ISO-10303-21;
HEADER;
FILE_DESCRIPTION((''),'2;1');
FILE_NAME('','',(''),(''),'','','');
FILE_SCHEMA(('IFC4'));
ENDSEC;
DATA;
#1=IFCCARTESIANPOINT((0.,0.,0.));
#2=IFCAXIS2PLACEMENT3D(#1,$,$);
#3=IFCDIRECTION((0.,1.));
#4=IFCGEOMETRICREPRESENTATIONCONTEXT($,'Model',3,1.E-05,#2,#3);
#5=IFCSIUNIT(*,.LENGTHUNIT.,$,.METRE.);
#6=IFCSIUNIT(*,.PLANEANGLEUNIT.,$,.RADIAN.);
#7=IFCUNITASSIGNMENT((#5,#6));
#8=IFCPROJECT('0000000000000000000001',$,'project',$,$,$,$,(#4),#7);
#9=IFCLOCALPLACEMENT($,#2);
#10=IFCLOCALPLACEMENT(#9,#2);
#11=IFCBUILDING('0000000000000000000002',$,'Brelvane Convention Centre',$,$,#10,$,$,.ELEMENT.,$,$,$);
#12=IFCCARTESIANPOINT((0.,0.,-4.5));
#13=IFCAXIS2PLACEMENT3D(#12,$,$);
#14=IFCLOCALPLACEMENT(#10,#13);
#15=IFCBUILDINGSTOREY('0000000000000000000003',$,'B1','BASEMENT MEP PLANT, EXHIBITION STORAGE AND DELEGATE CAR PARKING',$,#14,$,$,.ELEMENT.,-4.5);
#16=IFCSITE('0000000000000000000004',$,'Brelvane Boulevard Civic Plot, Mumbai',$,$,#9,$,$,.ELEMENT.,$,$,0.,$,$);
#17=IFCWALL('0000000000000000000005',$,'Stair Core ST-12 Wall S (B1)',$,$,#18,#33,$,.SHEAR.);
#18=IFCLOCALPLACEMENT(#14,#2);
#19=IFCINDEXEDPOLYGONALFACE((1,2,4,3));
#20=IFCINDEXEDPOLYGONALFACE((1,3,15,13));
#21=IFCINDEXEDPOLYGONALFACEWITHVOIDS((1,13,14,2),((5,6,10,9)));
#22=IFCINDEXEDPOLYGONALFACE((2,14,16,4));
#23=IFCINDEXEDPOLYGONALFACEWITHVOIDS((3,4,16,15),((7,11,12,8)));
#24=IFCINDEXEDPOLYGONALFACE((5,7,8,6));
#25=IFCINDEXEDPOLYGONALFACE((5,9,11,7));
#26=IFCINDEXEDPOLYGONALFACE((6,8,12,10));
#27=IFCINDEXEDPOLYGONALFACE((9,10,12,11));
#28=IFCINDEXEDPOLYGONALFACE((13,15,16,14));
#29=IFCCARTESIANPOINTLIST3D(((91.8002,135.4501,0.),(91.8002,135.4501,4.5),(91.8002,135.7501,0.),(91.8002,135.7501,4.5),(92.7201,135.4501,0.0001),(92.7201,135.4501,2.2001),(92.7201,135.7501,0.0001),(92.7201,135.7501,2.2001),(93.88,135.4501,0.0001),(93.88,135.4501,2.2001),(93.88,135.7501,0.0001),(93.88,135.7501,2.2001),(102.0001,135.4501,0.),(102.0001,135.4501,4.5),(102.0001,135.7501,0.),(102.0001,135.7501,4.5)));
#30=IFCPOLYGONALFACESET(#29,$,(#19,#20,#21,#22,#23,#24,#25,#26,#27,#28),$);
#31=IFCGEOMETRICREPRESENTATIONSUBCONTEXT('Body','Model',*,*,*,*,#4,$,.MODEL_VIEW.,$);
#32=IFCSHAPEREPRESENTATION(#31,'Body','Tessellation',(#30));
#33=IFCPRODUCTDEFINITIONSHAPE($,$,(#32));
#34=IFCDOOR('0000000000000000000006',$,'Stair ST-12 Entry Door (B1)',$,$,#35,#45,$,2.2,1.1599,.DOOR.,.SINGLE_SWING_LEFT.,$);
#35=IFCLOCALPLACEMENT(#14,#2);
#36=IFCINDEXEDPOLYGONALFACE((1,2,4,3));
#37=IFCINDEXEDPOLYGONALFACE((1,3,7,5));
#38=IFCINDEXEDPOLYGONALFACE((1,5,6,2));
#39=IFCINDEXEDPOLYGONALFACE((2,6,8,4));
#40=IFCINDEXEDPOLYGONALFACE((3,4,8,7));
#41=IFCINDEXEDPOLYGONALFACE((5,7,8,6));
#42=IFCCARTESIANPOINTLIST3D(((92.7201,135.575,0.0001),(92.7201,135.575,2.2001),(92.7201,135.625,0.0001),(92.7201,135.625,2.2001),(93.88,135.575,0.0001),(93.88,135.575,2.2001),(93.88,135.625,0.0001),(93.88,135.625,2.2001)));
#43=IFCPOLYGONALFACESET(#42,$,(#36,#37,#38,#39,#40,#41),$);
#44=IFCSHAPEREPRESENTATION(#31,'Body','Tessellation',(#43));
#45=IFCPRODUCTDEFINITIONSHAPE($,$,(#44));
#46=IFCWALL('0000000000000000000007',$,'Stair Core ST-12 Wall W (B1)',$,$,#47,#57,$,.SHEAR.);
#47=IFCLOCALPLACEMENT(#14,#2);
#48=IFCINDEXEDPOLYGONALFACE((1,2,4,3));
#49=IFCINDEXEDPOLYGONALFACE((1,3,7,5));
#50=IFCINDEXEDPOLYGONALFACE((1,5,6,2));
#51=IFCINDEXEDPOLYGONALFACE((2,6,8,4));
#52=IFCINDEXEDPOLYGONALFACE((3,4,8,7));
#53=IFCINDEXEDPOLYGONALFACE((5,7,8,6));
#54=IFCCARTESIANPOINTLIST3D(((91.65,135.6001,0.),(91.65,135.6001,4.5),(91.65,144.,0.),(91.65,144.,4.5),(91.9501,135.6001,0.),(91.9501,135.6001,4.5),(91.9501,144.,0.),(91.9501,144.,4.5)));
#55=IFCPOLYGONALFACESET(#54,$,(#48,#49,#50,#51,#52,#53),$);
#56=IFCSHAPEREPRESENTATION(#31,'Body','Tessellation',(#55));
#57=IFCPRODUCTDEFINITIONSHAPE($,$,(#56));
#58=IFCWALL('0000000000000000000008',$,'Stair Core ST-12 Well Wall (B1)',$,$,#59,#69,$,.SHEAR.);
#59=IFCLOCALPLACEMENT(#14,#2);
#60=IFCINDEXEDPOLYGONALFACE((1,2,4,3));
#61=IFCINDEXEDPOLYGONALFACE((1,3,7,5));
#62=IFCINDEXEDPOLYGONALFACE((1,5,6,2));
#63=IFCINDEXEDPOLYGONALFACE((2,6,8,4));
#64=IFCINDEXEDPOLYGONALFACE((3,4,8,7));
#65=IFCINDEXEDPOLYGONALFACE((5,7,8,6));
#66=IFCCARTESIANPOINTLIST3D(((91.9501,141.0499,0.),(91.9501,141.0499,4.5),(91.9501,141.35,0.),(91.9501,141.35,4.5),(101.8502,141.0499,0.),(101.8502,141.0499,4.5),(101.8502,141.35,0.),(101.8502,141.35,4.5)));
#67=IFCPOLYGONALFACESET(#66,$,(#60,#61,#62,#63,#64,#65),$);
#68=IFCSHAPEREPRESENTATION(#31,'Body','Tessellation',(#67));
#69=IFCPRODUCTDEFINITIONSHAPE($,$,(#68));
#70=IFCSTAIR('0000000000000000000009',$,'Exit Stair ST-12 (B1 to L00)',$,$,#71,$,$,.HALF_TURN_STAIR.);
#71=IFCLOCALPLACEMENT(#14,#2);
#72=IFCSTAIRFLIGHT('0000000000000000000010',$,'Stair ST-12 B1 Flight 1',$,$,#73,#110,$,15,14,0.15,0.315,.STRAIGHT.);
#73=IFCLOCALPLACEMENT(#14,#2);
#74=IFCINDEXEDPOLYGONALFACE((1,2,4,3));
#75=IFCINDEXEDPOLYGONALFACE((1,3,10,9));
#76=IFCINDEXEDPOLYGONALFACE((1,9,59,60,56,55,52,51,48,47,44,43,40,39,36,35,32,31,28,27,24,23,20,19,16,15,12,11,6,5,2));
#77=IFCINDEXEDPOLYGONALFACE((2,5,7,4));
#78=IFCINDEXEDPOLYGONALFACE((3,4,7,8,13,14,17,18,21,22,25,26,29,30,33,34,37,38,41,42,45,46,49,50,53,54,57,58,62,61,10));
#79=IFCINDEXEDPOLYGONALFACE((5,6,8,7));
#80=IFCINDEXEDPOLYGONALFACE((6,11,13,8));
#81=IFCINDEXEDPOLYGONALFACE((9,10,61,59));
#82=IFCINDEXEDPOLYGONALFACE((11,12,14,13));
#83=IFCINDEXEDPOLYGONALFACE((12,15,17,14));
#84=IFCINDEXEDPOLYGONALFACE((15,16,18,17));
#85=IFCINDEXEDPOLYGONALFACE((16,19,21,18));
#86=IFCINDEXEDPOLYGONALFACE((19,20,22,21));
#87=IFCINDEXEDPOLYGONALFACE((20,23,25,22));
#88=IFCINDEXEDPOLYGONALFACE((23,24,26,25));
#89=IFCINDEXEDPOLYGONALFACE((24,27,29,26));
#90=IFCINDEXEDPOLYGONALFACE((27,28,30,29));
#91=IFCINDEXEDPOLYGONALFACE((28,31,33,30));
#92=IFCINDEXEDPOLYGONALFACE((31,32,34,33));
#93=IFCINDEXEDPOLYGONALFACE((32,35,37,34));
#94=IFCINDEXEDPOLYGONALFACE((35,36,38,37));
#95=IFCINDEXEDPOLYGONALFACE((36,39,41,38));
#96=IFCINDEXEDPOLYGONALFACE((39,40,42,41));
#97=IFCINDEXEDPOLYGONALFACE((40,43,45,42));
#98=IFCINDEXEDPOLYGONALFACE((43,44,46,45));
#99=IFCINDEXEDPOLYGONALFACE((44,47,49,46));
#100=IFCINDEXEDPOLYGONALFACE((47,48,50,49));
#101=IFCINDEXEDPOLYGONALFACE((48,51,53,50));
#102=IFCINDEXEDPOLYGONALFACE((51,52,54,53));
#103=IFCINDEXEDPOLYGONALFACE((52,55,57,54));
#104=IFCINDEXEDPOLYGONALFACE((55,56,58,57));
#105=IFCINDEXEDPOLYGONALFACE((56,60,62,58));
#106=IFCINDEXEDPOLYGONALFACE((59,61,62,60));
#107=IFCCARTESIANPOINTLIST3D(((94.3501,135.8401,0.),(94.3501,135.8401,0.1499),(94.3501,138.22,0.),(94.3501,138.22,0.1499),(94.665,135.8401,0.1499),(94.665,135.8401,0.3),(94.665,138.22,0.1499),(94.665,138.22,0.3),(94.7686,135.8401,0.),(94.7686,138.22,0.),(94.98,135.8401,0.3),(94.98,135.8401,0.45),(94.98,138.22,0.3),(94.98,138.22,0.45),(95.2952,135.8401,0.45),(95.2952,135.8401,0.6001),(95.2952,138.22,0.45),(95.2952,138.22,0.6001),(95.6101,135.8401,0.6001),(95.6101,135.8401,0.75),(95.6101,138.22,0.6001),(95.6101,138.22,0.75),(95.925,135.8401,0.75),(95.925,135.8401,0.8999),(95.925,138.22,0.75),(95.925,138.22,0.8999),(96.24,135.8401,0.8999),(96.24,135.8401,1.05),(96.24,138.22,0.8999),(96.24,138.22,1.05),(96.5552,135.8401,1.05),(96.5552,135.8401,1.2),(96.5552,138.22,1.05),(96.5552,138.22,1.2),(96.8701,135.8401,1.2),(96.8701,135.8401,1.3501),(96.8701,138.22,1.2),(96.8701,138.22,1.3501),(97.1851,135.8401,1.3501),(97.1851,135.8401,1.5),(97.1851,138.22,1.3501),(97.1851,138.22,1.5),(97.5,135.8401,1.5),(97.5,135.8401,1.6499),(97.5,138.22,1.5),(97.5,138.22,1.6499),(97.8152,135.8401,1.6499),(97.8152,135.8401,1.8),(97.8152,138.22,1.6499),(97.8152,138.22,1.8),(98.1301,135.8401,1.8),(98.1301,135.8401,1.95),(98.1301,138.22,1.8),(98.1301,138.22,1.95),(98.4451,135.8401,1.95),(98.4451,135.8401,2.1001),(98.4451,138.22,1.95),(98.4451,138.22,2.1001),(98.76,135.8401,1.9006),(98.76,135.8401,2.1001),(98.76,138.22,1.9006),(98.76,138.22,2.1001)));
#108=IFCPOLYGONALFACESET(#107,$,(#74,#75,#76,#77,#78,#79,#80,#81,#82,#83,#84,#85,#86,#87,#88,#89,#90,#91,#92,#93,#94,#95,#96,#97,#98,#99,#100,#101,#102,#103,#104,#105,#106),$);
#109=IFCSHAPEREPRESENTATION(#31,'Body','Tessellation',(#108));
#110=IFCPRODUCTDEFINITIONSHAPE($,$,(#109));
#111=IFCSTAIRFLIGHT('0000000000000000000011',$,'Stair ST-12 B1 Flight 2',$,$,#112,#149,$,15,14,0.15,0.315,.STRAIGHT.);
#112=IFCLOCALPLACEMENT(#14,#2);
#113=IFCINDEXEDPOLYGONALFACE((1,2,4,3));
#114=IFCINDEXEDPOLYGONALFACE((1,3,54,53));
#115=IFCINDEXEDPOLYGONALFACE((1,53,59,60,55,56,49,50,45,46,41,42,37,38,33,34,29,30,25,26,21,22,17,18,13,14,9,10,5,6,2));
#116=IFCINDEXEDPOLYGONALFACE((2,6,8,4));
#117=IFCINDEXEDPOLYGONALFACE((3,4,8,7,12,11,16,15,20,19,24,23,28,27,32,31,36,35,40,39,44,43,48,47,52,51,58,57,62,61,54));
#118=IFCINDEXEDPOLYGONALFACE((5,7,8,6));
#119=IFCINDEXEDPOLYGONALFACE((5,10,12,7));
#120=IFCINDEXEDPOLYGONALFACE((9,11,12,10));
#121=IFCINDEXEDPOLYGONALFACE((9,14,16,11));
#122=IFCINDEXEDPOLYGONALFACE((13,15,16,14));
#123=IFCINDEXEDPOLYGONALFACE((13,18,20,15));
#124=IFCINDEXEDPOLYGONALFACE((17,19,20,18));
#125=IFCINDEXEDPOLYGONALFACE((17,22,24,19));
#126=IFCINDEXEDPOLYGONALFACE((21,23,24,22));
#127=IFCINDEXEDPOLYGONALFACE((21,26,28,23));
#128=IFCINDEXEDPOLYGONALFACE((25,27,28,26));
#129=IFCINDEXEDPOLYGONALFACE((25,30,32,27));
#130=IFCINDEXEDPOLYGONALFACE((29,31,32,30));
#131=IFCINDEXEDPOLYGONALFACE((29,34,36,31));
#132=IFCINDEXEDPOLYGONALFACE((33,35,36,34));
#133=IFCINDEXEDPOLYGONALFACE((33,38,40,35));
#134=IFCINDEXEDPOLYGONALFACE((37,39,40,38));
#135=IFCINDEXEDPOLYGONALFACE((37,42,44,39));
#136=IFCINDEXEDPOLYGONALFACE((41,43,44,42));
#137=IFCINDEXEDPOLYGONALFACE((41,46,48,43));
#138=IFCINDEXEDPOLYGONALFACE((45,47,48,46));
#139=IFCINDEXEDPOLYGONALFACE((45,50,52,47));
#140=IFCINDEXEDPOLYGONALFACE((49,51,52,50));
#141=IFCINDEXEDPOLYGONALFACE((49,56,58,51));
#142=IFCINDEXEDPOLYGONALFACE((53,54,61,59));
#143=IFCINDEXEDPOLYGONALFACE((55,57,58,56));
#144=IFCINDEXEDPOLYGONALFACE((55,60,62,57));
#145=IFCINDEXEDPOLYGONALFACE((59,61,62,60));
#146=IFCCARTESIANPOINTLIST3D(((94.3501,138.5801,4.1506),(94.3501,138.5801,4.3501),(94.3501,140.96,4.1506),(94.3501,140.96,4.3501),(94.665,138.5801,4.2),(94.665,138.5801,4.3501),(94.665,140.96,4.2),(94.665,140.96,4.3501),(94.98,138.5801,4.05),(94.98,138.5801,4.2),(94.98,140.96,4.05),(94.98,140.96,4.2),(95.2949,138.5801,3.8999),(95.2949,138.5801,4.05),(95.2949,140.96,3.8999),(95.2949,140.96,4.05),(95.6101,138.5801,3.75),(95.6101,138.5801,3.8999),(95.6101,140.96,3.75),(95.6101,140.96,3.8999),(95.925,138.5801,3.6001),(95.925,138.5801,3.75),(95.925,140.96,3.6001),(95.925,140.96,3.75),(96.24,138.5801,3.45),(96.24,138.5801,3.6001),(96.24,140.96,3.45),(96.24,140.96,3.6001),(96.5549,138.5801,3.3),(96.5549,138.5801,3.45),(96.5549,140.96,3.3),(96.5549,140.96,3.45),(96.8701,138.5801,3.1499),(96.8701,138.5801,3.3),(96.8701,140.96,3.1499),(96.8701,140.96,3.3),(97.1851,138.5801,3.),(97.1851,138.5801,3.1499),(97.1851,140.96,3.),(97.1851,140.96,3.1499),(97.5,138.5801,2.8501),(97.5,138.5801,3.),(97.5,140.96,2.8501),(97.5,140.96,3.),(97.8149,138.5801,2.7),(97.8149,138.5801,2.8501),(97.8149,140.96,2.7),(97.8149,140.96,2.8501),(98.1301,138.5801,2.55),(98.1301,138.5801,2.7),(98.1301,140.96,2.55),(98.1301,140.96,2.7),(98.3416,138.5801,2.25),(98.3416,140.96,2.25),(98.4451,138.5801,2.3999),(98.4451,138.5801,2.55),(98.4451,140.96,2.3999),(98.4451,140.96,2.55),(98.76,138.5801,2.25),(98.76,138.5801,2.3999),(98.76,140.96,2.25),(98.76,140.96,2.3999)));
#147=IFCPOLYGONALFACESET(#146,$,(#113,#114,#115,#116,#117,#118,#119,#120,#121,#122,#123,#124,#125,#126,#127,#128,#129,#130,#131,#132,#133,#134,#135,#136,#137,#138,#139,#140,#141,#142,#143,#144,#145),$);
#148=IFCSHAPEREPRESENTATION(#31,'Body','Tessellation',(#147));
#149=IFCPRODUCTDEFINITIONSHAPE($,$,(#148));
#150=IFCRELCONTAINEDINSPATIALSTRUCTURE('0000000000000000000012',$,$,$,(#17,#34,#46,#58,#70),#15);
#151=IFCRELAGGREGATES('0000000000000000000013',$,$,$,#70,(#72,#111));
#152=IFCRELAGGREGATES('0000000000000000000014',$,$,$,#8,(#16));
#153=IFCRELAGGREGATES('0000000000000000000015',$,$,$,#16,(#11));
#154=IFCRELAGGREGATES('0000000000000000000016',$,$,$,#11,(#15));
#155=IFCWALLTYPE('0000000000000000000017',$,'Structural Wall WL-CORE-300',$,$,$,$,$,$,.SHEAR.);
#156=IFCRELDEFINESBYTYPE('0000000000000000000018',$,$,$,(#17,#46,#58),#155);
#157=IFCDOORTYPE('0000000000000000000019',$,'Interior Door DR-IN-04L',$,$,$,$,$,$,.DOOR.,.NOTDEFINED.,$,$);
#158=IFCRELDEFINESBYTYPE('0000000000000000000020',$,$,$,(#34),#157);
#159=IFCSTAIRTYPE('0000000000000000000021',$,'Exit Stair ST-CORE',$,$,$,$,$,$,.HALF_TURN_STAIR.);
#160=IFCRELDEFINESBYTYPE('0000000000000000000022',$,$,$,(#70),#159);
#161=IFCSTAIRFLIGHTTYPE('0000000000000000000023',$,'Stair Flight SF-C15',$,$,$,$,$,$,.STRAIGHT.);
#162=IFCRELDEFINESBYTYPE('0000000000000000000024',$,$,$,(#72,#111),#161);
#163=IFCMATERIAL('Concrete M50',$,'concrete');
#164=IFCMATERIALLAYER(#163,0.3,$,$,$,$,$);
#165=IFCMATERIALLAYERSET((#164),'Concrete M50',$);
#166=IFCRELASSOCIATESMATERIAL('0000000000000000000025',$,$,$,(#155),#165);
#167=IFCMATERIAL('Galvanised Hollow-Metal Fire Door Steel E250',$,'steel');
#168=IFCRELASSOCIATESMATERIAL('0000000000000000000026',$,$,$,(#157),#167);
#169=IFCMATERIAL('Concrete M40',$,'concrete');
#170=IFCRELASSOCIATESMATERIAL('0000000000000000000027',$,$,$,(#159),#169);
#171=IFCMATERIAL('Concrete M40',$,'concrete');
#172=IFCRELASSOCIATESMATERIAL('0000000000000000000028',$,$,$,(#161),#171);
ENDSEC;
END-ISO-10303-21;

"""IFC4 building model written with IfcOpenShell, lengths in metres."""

from ifc_helpers import new_model, si_unit, direction, frame, frame_2d, origin, place, context, subcontext, project, spatial, polyline, rectangle, outline, extrude, material, layer, layer_set, type_object, element, fill, aggregate, save


model = new_model("IFC4")

# Units and contexts
model_context = context("Model", 3, precision=1e-05, world=origin(), true_north=direction((0.0, 1.0)))
body_context = subcontext(model_context, "Body", "Model", "MODEL_VIEW")
ifc_project = project(units=[si_unit("LENGTHUNIT", "METRE"), si_unit("PLANEANGLEUNIT", "RADIAN")], contexts=[model_context])

# Site, building, storey
site_placement = place(None, origin())
site = spatial("IfcSite", under=ifc_project, at=site_placement, Name="Brelvane Boulevard Civic Plot, Mumbai", CompositionType="ELEMENT", RefElevation=0.0)
building_placement = place(site_placement, origin())
building = spatial("IfcBuilding", under=site, at=building_placement, Name="Brelvane Convention Centre", CompositionType="ELEMENT")
storey_placement = place(building_placement, frame((0.0, 0.0, -4.5)))
storey = spatial("IfcBuildingStorey", under=building, at=storey_placement, Name="B1", Description="BASEMENT MEP PLANT, EXHIBITION STORAGE AND DELEGATE CAR PARKING", CompositionType="ELEMENT", Elevation=-4.5)

# Wall, opening, door
ifc_material_1 = material(Name="Concrete M50", Category="concrete")
ifc_layer = layer(ifc_material_1, 0.3)
ifc_layer_set = layer_set([ifc_layer], Name="Concrete M50")
wall_type = type_object("IfcWallType", Name="Structural Wall WL-CORE-300", PredefinedType="SHEAR", material=ifc_layer_set)
wall_1_placement = place(storey_placement, frame((91.8, 135.6001, 0.0), z_axis=(0.0, 0.0, 1.0), x_axis=(1.0, 0.0, 0.0)))
wall_1 = element("IfcWall", 1, at=wall_1_placement, inside=storey, type_object=wall_type, Name="Stair Core ST-12 Wall S (B1)", PredefinedType="SHEAR", context=body_context, shape_type="SweptSolid", body=[
    extrude(rectangle(XDim=10.2, YDim=0.3, at=frame_2d((5.1001, 0.0))), origin(), (0.0, 0.0, 1.0), 4.5),
])
opening_placement = place(wall_1_placement, frame((0.9199, 0.0, 0.0)))
opening = element("IfcOpeningElement", 2, at=opening_placement, cuts=wall_1, PredefinedType="OPENING", context=body_context, shape_type="SweptSolid", body=[
    extrude(rectangle(XDim=1.1599, YDim=2.2, at=frame_2d((0.5801, 1.1001))), frame((0.0, 0.1599, 0.0), z_axis=(0.0, -1.0, 0.0), x_axis=(1.0, 0.0, 0.0)), (0.0, 0.0, 1.0), 0.3201),
])
ifc_material_2 = material(Name="Galvanised Hollow-Metal Fire Door Steel E250", Category="steel")
door_type = type_object("IfcDoorType", Name="Interior Door DR-IN-04L", OperationType="NOTDEFINED", PredefinedType="DOOR", material=ifc_material_2)
door_placement = place(opening_placement, origin())
door = element("IfcDoor", 3, at=door_placement, inside=storey, type_object=door_type, Name="Stair ST-12 Entry Door (B1)", OperationType="SINGLE_SWING_LEFT", OverallHeight=2.2, OverallWidth=1.1599, PredefinedType="DOOR", context=body_context, shape_type="SweptSolid", body=[
    extrude(rectangle(XDim=1.1599, YDim=2.2, at=frame_2d((0.5801, 1.1001))), frame((0.0, 0.0249, 0.0), z_axis=(0.0, -1.0, 0.0), x_axis=(1.0, 0.0, 0.0)), (0.0, 0.0, 1.0), 0.05),
])
fill(opening, door)

# Walls
wall_2_placement = place(storey_placement, frame((91.8, 135.6001, 0.0), z_axis=(0.0, 0.0, 1.0), x_axis=(0.0, 1.0, 0.0)))
element("IfcWall", 4, at=wall_2_placement, inside=storey, type_object=wall_type, Name="Stair Core ST-12 Wall W (B1)", PredefinedType="SHEAR", context=body_context, shape_type="SweptSolid", body=[
    extrude(rectangle(XDim=8.3999, YDim=0.3, at=frame_2d((4.2, 0.0))), origin(), (0.0, 0.0, 1.0), 4.5),
])
wall_3_placement = place(storey_placement, frame((91.95, 141.2, 0.0), z_axis=(0.0, 0.0, 1.0), x_axis=(1.0, 0.0, 0.0)))
element("IfcWall", 5, at=wall_3_placement, inside=storey, type_object=wall_type, Name="Stair Core ST-12 Well Wall (B1)", PredefinedType="SHEAR", context=body_context, shape_type="SweptSolid", body=[
    extrude(rectangle(XDim=9.9001, YDim=0.3, at=frame_2d((4.9502, 0.0))), origin(), (0.0, 0.0, 1.0), 4.5),
])

# Stair, stair flights
ifc_material_3 = material(Name="Concrete M40", Category="concrete")
stair_type = type_object("IfcStairType", Name="Exit Stair ST-CORE", PredefinedType="HALF_TURN_STAIR", material=ifc_material_3)
stair_placement = place(storey_placement, origin())
stair = element("IfcStair", 6, at=stair_placement, inside=storey, type_object=stair_type, Name="Exit Stair ST-12 (B1 to L00)", PredefinedType="HALF_TURN_STAIR")
ifc_material_4 = material(Name="Concrete M40", Category="concrete")
stair_flight_type = type_object("IfcStairFlightType", Name="Stair Flight SF-C15", PredefinedType="STRAIGHT", material=ifc_material_4)
stair_flight_1_placement = place(storey_placement, frame((94.3501, 137.03, 0.0), z_axis=(0.0, 0.0, 1.0), x_axis=(1.0, 0.0, 0.0)))
stair_flight_1 = element("IfcStairFlight", 7, at=stair_flight_1_placement, type_object=stair_flight_type, Name="Stair ST-12 B1 Flight 1", NumberOfRisers=15, NumberOfTreads=14, PredefinedType="STRAIGHT", RiserHeight=0.15, TreadLength=0.315, context=body_context, shape_type="SweptSolid", body=[
    extrude(outline(polyline([(0.0, 0.0), (0.0, 0.1499), (0.3149, 0.1499), (0.3149, 0.3), (0.6299, 0.3), (0.6299, 0.45), (0.9451, 0.45), (0.9451, 0.6001), (1.26, 0.6001), (1.26, 0.75), (1.575, 0.75), (1.575, 0.8999), (1.8899, 0.8999), (1.8899, 1.05), (2.2051, 1.05), (2.2051, 1.2), (2.52, 1.2), (2.52, 1.3501), (2.835, 1.3501), (2.835, 1.5), (3.1499, 1.5), (3.1499, 1.6499), (3.4651, 1.6499), (3.4651, 1.8), (3.78, 1.8), (3.78, 1.95), (4.095, 1.95), (4.095, 2.1001), (4.4099, 2.1001), (4.4099, 2.25), (4.4099, 1.9006), (0.4185, 0.0), (0.0, 0.0)])), frame((0.0, 1.1899, 0.0), z_axis=(0.0, -1.0, 0.0), x_axis=(1.0, 0.0, 0.0)), (0.0, 0.0, 1.0), 2.3799),
])
stair_flight_2_placement = place(storey_placement, frame((98.76, 139.77, 2.25), z_axis=(0.0, 0.0, 1.0), x_axis=(-1.0, 0.0, 0.0)))
stair_flight_2 = element("IfcStairFlight", 8, at=stair_flight_2_placement, type_object=stair_flight_type, Name="Stair ST-12 B1 Flight 2", NumberOfRisers=15, NumberOfTreads=14, PredefinedType="STRAIGHT", RiserHeight=0.15, TreadLength=0.315, context=body_context, shape_type="SweptSolid", body=[
    extrude(outline(polyline([(0.0, 0.0), (0.0, 0.1499), (0.3149, 0.1499), (0.3149, 0.3), (0.6299, 0.3), (0.6299, 0.45), (0.9451, 0.45), (0.9451, 0.6001), (1.26, 0.6001), (1.26, 0.75), (1.575, 0.75), (1.575, 0.8999), (1.8899, 0.8999), (1.8899, 1.05), (2.2051, 1.05), (2.2051, 1.2), (2.52, 1.2), (2.52, 1.3501), (2.835, 1.3501), (2.835, 1.5), (3.1499, 1.5), (3.1499, 1.6499), (3.4651, 1.6499), (3.4651, 1.8), (3.78, 1.8), (3.78, 1.95), (4.095, 1.95), (4.095, 2.1001), (4.4099, 2.1001), (4.4099, 2.25), (4.4099, 1.9006), (0.4185, 0.0), (0.0, 0.0)])), frame((0.0, 1.1899, 0.0), z_axis=(0.0, -1.0, 0.0), x_axis=(1.0, 0.0, 0.0)), (0.0, 0.0, 1.0), 2.3799),
])
aggregate(stair, [stair_flight_1, stair_flight_2])

save(model, "model.ifc")
